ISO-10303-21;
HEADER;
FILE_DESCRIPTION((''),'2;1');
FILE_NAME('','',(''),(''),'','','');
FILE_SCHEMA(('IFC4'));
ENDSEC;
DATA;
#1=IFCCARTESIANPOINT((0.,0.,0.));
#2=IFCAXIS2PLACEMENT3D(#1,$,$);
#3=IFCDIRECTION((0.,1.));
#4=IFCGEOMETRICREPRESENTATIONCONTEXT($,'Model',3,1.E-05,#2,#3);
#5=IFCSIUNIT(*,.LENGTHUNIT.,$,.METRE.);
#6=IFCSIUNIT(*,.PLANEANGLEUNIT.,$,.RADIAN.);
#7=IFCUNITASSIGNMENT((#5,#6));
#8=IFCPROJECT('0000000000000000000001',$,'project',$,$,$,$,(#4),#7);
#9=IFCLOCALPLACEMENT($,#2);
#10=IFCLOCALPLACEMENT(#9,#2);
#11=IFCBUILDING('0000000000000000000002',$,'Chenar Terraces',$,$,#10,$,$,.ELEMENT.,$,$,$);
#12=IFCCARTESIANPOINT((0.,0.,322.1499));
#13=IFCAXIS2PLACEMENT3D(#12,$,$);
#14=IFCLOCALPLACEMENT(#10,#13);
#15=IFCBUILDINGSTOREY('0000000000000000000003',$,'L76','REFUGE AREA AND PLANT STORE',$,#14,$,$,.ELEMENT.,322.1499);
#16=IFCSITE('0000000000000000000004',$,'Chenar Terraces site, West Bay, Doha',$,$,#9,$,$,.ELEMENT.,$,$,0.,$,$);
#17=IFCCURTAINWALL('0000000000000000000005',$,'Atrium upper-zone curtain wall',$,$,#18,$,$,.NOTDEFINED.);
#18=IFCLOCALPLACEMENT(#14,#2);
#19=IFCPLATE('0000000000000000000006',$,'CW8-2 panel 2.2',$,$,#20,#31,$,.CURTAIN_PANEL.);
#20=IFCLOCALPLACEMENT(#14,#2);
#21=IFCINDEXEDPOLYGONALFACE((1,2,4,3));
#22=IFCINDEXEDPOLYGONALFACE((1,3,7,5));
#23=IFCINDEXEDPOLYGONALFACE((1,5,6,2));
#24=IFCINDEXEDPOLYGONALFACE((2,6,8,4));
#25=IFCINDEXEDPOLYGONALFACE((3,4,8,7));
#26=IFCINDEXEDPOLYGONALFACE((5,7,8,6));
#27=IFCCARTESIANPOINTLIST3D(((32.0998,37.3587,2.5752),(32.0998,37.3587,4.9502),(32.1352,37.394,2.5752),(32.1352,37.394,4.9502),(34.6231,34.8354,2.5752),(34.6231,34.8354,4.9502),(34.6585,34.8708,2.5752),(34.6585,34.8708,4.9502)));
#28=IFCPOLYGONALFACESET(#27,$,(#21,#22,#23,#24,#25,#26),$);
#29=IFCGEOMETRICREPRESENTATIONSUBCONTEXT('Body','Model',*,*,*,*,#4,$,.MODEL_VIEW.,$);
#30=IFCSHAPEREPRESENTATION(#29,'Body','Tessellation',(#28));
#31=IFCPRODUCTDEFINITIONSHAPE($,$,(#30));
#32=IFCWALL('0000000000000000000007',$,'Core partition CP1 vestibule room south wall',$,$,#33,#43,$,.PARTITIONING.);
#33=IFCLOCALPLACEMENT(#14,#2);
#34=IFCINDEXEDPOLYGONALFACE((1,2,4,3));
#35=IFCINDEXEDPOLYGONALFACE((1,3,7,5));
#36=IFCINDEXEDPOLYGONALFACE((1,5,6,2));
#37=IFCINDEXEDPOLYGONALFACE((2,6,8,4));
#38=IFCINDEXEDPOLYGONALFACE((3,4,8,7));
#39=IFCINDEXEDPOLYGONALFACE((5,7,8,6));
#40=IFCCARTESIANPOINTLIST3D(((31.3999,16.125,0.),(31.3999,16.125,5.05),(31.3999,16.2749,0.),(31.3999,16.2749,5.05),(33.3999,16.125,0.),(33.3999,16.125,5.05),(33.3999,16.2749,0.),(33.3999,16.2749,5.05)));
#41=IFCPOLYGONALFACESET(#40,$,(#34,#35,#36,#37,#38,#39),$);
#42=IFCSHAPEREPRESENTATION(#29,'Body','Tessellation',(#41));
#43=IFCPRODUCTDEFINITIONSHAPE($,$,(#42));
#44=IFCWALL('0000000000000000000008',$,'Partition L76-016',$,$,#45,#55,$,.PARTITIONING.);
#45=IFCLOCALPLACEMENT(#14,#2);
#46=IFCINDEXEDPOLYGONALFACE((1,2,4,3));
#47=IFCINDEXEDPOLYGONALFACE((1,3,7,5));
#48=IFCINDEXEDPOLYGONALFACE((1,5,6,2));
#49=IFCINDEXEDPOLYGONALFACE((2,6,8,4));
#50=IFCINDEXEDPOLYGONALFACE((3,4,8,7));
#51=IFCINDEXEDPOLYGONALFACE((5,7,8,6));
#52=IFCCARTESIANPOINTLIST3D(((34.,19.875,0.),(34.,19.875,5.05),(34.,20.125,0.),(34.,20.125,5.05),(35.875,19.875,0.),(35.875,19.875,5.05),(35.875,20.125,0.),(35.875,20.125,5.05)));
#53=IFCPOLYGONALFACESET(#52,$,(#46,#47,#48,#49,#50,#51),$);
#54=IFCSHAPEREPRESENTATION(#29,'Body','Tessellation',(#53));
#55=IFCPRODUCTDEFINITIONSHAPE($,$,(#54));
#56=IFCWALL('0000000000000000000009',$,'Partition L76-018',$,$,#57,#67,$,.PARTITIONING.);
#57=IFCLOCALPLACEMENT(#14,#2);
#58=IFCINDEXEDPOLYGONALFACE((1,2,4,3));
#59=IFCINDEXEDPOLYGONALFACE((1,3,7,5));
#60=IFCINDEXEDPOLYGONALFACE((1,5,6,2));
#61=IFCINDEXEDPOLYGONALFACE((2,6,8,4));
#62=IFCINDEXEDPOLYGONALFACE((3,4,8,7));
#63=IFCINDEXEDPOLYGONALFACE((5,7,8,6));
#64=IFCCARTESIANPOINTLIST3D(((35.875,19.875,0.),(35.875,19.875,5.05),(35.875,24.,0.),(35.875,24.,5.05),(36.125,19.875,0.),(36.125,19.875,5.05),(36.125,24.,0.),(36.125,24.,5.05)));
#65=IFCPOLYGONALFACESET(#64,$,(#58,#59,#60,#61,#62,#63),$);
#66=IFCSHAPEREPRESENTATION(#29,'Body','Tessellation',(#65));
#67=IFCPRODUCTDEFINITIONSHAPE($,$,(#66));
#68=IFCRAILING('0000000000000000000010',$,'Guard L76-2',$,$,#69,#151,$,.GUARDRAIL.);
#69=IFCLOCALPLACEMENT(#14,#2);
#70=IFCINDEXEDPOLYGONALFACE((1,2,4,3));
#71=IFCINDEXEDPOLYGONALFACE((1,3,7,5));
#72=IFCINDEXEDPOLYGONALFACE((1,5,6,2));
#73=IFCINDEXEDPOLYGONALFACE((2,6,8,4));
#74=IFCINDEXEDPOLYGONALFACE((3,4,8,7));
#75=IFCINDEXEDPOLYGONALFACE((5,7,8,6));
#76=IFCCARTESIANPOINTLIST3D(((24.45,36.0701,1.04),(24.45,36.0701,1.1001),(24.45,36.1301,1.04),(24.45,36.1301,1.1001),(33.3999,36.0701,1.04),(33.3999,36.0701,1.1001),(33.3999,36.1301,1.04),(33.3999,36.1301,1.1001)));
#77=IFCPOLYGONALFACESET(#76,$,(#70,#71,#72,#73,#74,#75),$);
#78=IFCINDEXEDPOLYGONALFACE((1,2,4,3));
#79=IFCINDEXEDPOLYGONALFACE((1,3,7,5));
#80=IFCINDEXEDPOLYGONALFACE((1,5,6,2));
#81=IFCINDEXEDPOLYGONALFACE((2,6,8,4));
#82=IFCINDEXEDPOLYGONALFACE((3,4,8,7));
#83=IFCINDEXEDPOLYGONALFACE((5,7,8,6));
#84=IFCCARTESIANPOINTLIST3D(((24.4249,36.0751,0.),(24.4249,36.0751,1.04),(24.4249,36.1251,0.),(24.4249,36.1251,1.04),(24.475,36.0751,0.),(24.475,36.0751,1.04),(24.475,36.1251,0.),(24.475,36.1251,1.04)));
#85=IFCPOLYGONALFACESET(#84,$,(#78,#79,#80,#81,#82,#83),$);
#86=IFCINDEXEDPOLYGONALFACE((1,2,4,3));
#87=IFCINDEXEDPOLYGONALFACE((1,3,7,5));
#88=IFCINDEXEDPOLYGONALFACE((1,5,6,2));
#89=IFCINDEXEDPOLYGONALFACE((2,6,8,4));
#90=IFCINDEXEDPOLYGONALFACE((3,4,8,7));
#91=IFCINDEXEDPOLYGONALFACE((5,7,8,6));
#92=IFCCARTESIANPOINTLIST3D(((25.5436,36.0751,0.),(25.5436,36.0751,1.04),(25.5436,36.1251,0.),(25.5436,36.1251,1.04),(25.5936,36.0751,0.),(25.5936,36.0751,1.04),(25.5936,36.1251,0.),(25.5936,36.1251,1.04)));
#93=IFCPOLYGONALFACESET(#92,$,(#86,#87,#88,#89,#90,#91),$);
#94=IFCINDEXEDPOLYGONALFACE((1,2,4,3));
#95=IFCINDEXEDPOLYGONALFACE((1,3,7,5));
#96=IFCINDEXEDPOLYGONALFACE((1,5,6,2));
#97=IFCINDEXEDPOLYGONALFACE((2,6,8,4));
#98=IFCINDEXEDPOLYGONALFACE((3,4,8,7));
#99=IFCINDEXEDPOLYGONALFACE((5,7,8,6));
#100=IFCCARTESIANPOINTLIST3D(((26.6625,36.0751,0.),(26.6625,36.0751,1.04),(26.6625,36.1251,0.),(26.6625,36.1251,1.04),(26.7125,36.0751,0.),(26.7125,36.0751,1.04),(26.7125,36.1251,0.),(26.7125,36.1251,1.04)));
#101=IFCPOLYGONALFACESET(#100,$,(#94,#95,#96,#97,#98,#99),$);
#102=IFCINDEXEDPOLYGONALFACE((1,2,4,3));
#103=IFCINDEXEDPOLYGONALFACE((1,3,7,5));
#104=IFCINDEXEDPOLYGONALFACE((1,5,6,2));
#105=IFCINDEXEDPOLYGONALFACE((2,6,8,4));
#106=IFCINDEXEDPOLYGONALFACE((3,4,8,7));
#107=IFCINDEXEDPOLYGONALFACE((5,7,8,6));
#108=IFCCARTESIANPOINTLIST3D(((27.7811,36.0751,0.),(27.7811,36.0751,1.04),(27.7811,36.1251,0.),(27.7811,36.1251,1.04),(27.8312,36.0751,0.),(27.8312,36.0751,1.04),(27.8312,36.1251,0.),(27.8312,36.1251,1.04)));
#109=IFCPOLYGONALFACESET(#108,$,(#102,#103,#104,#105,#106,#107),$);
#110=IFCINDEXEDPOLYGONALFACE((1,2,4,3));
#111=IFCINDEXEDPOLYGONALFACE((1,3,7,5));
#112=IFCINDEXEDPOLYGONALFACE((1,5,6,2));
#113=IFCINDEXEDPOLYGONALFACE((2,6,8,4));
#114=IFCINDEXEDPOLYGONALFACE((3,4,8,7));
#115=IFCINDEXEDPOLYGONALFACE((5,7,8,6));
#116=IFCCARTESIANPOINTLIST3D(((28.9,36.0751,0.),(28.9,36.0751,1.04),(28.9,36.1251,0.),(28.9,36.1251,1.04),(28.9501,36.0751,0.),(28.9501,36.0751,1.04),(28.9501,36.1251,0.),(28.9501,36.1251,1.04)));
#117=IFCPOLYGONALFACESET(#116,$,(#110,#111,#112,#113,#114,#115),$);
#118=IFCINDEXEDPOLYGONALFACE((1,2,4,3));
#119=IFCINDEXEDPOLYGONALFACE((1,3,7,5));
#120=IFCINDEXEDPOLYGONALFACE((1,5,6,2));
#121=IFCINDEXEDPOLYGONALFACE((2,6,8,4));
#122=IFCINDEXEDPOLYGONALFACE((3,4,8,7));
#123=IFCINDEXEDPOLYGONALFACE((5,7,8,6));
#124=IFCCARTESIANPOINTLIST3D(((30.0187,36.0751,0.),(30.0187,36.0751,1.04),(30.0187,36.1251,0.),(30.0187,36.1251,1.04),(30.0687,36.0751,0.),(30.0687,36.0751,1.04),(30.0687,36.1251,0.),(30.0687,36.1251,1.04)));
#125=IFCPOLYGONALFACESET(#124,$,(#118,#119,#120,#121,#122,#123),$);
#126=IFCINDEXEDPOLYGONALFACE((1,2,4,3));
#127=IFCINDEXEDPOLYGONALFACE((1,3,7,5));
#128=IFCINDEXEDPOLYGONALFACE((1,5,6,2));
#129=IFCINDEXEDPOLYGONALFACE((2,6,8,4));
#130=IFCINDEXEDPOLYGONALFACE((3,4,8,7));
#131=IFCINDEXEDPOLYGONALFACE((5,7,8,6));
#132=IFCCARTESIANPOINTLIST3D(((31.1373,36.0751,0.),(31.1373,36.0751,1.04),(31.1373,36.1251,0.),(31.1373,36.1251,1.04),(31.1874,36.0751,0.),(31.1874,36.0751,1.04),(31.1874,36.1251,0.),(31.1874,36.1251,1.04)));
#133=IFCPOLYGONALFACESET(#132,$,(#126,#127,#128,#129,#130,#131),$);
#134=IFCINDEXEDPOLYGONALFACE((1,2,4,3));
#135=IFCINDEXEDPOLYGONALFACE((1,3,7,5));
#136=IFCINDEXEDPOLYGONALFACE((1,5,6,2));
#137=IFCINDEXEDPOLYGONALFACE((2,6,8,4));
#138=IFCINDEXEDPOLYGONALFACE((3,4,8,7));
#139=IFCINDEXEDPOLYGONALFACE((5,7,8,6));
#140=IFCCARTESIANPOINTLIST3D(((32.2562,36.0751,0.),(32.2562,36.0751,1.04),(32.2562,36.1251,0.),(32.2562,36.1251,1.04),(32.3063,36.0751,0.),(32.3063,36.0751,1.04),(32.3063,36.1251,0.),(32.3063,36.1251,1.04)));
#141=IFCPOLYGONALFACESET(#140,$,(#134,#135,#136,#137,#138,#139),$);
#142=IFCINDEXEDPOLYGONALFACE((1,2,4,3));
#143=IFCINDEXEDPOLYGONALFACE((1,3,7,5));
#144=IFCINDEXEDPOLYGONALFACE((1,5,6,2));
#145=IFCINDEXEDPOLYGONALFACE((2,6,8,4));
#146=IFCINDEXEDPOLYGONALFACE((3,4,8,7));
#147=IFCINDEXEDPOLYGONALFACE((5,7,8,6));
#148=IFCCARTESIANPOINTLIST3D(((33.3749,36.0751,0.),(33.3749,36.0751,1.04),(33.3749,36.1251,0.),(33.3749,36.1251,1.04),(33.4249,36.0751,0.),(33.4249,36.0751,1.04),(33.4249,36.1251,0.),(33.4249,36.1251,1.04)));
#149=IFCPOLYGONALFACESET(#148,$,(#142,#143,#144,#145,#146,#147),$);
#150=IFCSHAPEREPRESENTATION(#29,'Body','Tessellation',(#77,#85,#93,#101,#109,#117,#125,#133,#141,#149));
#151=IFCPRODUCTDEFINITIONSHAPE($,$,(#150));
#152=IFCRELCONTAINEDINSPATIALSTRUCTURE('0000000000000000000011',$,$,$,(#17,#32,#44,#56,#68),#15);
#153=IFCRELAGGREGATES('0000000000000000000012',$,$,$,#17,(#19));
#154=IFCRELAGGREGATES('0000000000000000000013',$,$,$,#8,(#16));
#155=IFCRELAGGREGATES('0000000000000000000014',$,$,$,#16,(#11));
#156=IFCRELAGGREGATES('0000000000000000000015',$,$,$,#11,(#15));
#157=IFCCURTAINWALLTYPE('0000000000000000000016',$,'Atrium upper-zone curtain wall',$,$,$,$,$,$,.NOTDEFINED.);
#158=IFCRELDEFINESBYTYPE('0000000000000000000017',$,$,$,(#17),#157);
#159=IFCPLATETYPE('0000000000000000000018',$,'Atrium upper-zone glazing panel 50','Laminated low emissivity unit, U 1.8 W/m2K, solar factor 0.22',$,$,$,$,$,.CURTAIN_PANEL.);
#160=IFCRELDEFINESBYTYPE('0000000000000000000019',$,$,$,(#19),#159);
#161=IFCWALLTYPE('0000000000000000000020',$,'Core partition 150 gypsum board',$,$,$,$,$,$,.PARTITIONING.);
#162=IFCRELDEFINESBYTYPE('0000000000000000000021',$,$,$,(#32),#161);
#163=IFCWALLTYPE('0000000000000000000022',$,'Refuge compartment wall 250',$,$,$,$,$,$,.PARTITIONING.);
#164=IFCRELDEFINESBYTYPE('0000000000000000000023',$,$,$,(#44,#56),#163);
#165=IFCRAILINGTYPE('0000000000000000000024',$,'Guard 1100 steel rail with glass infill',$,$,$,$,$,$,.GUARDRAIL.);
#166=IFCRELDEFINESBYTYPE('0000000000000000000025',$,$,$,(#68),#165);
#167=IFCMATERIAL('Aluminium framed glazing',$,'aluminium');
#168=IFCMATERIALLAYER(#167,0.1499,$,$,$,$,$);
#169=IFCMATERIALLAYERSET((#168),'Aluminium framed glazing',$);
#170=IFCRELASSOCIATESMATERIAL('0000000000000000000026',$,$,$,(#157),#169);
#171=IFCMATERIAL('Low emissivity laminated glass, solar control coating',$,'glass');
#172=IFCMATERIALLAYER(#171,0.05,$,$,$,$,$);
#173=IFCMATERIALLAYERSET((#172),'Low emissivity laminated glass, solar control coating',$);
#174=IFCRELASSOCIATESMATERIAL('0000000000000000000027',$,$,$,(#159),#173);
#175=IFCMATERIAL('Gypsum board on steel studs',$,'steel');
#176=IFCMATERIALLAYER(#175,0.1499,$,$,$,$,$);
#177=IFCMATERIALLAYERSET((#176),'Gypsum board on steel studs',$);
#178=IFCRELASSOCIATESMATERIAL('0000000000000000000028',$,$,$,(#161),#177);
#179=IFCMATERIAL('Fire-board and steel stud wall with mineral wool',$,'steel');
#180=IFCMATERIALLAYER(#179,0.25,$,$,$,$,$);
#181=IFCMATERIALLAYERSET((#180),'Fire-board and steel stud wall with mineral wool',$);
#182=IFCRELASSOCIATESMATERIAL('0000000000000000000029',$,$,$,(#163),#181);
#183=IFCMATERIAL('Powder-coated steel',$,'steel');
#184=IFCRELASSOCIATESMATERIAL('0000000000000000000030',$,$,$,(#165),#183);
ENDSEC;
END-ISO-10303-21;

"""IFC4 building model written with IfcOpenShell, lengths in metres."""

from ifc_helpers import new_model, si_unit, direction, frame, frame_2d, origin, origin_2d, place, context, subcontext, project, spatial, rectangle, extrude, material, layer, layer_set, type_object, element, aggregate, save


model = new_model("IFC4")

# Units and contexts
model_context = context("Model", 3, precision=1e-05, world=origin(), true_north=direction((0.0, 1.0)))
body_context = subcontext(model_context, "Body", "Model", "MODEL_VIEW")
ifc_project = project(units=[si_unit("LENGTHUNIT", "METRE"), si_unit("PLANEANGLEUNIT", "RADIAN")], contexts=[model_context])

# Site, building, storey
site_placement = place(None, origin())
site = spatial("IfcSite", under=ifc_project, at=site_placement, Name="Chenar Terraces site, West Bay, Doha", CompositionType="ELEMENT", RefElevation=0.0)
building_placement = place(site_placement, origin())
building = spatial("IfcBuilding", under=site, at=building_placement, Name="Chenar Terraces", CompositionType="ELEMENT")
storey_placement = place(building_placement, frame((0.0, 0.0, 322.1499)))
storey = spatial("IfcBuildingStorey", under=building, at=storey_placement, Name="L76", Description="REFUGE AREA AND PLANT STORE", CompositionType="ELEMENT", Elevation=322.1499)

# Shared definitions
ifc_material_1 = material(Name="Aluminium framed glazing", Category="aluminium")
ifc_layer_1 = layer(ifc_material_1, 0.1499)
ifc_layer_set_1 = layer_set([ifc_layer_1], Name="Aluminium framed glazing")
curtain_wall_type = type_object("IfcCurtainWallType", Name="Atrium upper-zone curtain wall", PredefinedType="NOTDEFINED", material=ifc_layer_set_1)
placement = place(storey_placement, origin())

# Curtain wall, plate
curtain_wall_1 = element("IfcCurtainWall", 1, at=placement, inside=storey, type_object=curtain_wall_type, Name="Atrium upper-zone curtain wall", PredefinedType="NOTDEFINED")
ifc_material_2 = material(Name="Low emissivity laminated glass, solar control coating", Category="glass")
ifc_layer_2 = layer(ifc_material_2, 0.05)
ifc_layer_set_2 = layer_set([ifc_layer_2], Name="Low emissivity laminated glass, solar control coating")
plate_type = type_object("IfcPlateType", Name="Atrium upper-zone glazing panel 50", Description="Laminated low emissivity unit, U 1.8 W/m2K, solar factor 0.22", PredefinedType="CURTAIN_PANEL", material=ifc_layer_set_2)
plate_1_placement = place(storey_placement, frame((33.3792, 36.1147, 2.5752), z_axis=(0.0, 0.0, 1.0), x_axis=(-0.707107, 0.707107, 0.0)))
plate_1 = element("IfcPlate", 2, at=plate_1_placement, type_object=plate_type, Name="CW8-2 panel 2.2", PredefinedType="CURTAIN_PANEL", context=body_context, shape_type="SweptSolid", body=[
    extrude(rectangle(XDim=3.5684, YDim=0.05, at=origin_2d()), origin(), (0.0, 0.0, 1.0), 2.375),
])
aggregate(curtain_wall_1, [plate_1])

# Walls
ifc_material_3 = material(Name="Gypsum board on steel studs", Category="steel")
ifc_layer_3 = layer(ifc_material_3, 0.1499)
ifc_layer_set_3 = layer_set([ifc_layer_3], Name="Gypsum board on steel studs")
wall_type_1 = type_object("IfcWallType", Name="Core partition 150 gypsum board", PredefinedType="PARTITIONING", material=ifc_layer_set_3)
wall_1_placement = place(storey_placement, frame((31.3999, 16.2, 0.0), z_axis=(0.0, 0.0, 1.0), x_axis=(1.0, 0.0, 0.0)))
element("IfcWall", 3, at=wall_1_placement, inside=storey, type_object=wall_type_1, Name="Core partition CP1 vestibule room south wall", PredefinedType="PARTITIONING", context=body_context, shape_type="SweptSolid", body=[
    extrude(rectangle(XDim=2.0, YDim=0.1499, at=frame_2d((1.0, 0.0))), origin(), (0.0, 0.0, 1.0), 5.05),
])
ifc_material_4 = material(Name="Fire-board and steel stud wall with mineral wool", Category="steel")
ifc_layer_4 = layer(ifc_material_4, 0.25)
ifc_layer_set_4 = layer_set([ifc_layer_4], Name="Fire-board and steel stud wall with mineral wool")
wall_type_2 = type_object("IfcWallType", Name="Refuge compartment wall 250", PredefinedType="PARTITIONING", material=ifc_layer_set_4)
wall_2_placement = place(storey_placement, frame((34.0, 20.0, 0.0), z_axis=(0.0, 0.0, 1.0), x_axis=(1.0, 0.0, 0.0)))
element("IfcWall", 4, at=wall_2_placement, inside=storey, type_object=wall_type_2, Name="Partition L76-016", PredefinedType="PARTITIONING", context=body_context, shape_type="SweptSolid", body=[
    extrude(rectangle(XDim=1.875, YDim=0.25, at=frame_2d((0.9375, 0.0))), origin(), (0.0, 0.0, 1.0), 5.05),
])
wall_3_placement = place(storey_placement, frame((36.0, 19.875, 0.0), z_axis=(0.0, 0.0, 1.0), x_axis=(0.0, 1.0, 0.0)))
element("IfcWall", 5, at=wall_3_placement, inside=storey, type_object=wall_type_2, Name="Partition L76-018", PredefinedType="PARTITIONING", context=body_context, shape_type="SweptSolid", body=[
    extrude(rectangle(XDim=4.125, YDim=0.25, at=frame_2d((2.0625, 0.0))), origin(), (0.0, 0.0, 1.0), 5.05),
])

# Railing
ifc_material_5 = material(Name="Powder-coated steel", Category="steel")
railing_type = type_object("IfcRailingType", Name="Guard 1100 steel rail with glass infill", PredefinedType="GUARDRAIL", material=ifc_material_5)
railing_1_placement = place(storey_placement, frame((24.45, 36.1001, 0.0)))
element("IfcRailing", 6, at=railing_1_placement, inside=storey, type_object=railing_type, Name="Guard L76-2", PredefinedType="GUARDRAIL", context=body_context, shape_type="SweptSolid", body=[
    extrude(rectangle(XDim=0.0601, YDim=0.0601, at=origin_2d()), frame((0.0, 0.0, 1.0701), z_axis=(1.0, 0.0, 0.0), x_axis=(0.0, 1.0, 0.0)), (0.0, 0.0, 1.0), 8.95),
    extrude(rectangle(XDim=0.05, YDim=0.05, at=origin_2d()), origin(), (0.0, 0.0, 1.0), 1.04),
    extrude(rectangle(XDim=0.05, YDim=0.05, at=origin_2d()), frame((1.1187, 0.0, 0.0)), (0.0, 0.0, 1.0), 1.04),
    extrude(rectangle(XDim=0.05, YDim=0.05, at=origin_2d()), frame((2.2375, 0.0, 0.0)), (0.0, 0.0, 1.0), 1.04),
    extrude(rectangle(XDim=0.05, YDim=0.05, at=origin_2d()), frame((3.3562, 0.0, 0.0)), (0.0, 0.0, 1.0), 1.04),
    extrude(rectangle(XDim=0.05, YDim=0.05, at=origin_2d()), frame((4.4751, 0.0, 0.0)), (0.0, 0.0, 1.0), 1.04),
    extrude(rectangle(XDim=0.05, YDim=0.05, at=origin_2d()), frame((5.5938, 0.0, 0.0)), (0.0, 0.0, 1.0), 1.04),
    extrude(rectangle(XDim=0.05, YDim=0.05, at=origin_2d()), frame((6.7124, 0.0, 0.0)), (0.0, 0.0, 1.0), 1.04),
    extrude(rectangle(XDim=0.05, YDim=0.05, at=origin_2d()), frame((7.8313, 0.0, 0.0)), (0.0, 0.0, 1.0), 1.04),
    extrude(rectangle(XDim=0.05, YDim=0.05, at=origin_2d()), frame((8.95, 0.0, 0.0)), (0.0, 0.0, 1.0), 1.04),
])

save(model, "model.ifc")
